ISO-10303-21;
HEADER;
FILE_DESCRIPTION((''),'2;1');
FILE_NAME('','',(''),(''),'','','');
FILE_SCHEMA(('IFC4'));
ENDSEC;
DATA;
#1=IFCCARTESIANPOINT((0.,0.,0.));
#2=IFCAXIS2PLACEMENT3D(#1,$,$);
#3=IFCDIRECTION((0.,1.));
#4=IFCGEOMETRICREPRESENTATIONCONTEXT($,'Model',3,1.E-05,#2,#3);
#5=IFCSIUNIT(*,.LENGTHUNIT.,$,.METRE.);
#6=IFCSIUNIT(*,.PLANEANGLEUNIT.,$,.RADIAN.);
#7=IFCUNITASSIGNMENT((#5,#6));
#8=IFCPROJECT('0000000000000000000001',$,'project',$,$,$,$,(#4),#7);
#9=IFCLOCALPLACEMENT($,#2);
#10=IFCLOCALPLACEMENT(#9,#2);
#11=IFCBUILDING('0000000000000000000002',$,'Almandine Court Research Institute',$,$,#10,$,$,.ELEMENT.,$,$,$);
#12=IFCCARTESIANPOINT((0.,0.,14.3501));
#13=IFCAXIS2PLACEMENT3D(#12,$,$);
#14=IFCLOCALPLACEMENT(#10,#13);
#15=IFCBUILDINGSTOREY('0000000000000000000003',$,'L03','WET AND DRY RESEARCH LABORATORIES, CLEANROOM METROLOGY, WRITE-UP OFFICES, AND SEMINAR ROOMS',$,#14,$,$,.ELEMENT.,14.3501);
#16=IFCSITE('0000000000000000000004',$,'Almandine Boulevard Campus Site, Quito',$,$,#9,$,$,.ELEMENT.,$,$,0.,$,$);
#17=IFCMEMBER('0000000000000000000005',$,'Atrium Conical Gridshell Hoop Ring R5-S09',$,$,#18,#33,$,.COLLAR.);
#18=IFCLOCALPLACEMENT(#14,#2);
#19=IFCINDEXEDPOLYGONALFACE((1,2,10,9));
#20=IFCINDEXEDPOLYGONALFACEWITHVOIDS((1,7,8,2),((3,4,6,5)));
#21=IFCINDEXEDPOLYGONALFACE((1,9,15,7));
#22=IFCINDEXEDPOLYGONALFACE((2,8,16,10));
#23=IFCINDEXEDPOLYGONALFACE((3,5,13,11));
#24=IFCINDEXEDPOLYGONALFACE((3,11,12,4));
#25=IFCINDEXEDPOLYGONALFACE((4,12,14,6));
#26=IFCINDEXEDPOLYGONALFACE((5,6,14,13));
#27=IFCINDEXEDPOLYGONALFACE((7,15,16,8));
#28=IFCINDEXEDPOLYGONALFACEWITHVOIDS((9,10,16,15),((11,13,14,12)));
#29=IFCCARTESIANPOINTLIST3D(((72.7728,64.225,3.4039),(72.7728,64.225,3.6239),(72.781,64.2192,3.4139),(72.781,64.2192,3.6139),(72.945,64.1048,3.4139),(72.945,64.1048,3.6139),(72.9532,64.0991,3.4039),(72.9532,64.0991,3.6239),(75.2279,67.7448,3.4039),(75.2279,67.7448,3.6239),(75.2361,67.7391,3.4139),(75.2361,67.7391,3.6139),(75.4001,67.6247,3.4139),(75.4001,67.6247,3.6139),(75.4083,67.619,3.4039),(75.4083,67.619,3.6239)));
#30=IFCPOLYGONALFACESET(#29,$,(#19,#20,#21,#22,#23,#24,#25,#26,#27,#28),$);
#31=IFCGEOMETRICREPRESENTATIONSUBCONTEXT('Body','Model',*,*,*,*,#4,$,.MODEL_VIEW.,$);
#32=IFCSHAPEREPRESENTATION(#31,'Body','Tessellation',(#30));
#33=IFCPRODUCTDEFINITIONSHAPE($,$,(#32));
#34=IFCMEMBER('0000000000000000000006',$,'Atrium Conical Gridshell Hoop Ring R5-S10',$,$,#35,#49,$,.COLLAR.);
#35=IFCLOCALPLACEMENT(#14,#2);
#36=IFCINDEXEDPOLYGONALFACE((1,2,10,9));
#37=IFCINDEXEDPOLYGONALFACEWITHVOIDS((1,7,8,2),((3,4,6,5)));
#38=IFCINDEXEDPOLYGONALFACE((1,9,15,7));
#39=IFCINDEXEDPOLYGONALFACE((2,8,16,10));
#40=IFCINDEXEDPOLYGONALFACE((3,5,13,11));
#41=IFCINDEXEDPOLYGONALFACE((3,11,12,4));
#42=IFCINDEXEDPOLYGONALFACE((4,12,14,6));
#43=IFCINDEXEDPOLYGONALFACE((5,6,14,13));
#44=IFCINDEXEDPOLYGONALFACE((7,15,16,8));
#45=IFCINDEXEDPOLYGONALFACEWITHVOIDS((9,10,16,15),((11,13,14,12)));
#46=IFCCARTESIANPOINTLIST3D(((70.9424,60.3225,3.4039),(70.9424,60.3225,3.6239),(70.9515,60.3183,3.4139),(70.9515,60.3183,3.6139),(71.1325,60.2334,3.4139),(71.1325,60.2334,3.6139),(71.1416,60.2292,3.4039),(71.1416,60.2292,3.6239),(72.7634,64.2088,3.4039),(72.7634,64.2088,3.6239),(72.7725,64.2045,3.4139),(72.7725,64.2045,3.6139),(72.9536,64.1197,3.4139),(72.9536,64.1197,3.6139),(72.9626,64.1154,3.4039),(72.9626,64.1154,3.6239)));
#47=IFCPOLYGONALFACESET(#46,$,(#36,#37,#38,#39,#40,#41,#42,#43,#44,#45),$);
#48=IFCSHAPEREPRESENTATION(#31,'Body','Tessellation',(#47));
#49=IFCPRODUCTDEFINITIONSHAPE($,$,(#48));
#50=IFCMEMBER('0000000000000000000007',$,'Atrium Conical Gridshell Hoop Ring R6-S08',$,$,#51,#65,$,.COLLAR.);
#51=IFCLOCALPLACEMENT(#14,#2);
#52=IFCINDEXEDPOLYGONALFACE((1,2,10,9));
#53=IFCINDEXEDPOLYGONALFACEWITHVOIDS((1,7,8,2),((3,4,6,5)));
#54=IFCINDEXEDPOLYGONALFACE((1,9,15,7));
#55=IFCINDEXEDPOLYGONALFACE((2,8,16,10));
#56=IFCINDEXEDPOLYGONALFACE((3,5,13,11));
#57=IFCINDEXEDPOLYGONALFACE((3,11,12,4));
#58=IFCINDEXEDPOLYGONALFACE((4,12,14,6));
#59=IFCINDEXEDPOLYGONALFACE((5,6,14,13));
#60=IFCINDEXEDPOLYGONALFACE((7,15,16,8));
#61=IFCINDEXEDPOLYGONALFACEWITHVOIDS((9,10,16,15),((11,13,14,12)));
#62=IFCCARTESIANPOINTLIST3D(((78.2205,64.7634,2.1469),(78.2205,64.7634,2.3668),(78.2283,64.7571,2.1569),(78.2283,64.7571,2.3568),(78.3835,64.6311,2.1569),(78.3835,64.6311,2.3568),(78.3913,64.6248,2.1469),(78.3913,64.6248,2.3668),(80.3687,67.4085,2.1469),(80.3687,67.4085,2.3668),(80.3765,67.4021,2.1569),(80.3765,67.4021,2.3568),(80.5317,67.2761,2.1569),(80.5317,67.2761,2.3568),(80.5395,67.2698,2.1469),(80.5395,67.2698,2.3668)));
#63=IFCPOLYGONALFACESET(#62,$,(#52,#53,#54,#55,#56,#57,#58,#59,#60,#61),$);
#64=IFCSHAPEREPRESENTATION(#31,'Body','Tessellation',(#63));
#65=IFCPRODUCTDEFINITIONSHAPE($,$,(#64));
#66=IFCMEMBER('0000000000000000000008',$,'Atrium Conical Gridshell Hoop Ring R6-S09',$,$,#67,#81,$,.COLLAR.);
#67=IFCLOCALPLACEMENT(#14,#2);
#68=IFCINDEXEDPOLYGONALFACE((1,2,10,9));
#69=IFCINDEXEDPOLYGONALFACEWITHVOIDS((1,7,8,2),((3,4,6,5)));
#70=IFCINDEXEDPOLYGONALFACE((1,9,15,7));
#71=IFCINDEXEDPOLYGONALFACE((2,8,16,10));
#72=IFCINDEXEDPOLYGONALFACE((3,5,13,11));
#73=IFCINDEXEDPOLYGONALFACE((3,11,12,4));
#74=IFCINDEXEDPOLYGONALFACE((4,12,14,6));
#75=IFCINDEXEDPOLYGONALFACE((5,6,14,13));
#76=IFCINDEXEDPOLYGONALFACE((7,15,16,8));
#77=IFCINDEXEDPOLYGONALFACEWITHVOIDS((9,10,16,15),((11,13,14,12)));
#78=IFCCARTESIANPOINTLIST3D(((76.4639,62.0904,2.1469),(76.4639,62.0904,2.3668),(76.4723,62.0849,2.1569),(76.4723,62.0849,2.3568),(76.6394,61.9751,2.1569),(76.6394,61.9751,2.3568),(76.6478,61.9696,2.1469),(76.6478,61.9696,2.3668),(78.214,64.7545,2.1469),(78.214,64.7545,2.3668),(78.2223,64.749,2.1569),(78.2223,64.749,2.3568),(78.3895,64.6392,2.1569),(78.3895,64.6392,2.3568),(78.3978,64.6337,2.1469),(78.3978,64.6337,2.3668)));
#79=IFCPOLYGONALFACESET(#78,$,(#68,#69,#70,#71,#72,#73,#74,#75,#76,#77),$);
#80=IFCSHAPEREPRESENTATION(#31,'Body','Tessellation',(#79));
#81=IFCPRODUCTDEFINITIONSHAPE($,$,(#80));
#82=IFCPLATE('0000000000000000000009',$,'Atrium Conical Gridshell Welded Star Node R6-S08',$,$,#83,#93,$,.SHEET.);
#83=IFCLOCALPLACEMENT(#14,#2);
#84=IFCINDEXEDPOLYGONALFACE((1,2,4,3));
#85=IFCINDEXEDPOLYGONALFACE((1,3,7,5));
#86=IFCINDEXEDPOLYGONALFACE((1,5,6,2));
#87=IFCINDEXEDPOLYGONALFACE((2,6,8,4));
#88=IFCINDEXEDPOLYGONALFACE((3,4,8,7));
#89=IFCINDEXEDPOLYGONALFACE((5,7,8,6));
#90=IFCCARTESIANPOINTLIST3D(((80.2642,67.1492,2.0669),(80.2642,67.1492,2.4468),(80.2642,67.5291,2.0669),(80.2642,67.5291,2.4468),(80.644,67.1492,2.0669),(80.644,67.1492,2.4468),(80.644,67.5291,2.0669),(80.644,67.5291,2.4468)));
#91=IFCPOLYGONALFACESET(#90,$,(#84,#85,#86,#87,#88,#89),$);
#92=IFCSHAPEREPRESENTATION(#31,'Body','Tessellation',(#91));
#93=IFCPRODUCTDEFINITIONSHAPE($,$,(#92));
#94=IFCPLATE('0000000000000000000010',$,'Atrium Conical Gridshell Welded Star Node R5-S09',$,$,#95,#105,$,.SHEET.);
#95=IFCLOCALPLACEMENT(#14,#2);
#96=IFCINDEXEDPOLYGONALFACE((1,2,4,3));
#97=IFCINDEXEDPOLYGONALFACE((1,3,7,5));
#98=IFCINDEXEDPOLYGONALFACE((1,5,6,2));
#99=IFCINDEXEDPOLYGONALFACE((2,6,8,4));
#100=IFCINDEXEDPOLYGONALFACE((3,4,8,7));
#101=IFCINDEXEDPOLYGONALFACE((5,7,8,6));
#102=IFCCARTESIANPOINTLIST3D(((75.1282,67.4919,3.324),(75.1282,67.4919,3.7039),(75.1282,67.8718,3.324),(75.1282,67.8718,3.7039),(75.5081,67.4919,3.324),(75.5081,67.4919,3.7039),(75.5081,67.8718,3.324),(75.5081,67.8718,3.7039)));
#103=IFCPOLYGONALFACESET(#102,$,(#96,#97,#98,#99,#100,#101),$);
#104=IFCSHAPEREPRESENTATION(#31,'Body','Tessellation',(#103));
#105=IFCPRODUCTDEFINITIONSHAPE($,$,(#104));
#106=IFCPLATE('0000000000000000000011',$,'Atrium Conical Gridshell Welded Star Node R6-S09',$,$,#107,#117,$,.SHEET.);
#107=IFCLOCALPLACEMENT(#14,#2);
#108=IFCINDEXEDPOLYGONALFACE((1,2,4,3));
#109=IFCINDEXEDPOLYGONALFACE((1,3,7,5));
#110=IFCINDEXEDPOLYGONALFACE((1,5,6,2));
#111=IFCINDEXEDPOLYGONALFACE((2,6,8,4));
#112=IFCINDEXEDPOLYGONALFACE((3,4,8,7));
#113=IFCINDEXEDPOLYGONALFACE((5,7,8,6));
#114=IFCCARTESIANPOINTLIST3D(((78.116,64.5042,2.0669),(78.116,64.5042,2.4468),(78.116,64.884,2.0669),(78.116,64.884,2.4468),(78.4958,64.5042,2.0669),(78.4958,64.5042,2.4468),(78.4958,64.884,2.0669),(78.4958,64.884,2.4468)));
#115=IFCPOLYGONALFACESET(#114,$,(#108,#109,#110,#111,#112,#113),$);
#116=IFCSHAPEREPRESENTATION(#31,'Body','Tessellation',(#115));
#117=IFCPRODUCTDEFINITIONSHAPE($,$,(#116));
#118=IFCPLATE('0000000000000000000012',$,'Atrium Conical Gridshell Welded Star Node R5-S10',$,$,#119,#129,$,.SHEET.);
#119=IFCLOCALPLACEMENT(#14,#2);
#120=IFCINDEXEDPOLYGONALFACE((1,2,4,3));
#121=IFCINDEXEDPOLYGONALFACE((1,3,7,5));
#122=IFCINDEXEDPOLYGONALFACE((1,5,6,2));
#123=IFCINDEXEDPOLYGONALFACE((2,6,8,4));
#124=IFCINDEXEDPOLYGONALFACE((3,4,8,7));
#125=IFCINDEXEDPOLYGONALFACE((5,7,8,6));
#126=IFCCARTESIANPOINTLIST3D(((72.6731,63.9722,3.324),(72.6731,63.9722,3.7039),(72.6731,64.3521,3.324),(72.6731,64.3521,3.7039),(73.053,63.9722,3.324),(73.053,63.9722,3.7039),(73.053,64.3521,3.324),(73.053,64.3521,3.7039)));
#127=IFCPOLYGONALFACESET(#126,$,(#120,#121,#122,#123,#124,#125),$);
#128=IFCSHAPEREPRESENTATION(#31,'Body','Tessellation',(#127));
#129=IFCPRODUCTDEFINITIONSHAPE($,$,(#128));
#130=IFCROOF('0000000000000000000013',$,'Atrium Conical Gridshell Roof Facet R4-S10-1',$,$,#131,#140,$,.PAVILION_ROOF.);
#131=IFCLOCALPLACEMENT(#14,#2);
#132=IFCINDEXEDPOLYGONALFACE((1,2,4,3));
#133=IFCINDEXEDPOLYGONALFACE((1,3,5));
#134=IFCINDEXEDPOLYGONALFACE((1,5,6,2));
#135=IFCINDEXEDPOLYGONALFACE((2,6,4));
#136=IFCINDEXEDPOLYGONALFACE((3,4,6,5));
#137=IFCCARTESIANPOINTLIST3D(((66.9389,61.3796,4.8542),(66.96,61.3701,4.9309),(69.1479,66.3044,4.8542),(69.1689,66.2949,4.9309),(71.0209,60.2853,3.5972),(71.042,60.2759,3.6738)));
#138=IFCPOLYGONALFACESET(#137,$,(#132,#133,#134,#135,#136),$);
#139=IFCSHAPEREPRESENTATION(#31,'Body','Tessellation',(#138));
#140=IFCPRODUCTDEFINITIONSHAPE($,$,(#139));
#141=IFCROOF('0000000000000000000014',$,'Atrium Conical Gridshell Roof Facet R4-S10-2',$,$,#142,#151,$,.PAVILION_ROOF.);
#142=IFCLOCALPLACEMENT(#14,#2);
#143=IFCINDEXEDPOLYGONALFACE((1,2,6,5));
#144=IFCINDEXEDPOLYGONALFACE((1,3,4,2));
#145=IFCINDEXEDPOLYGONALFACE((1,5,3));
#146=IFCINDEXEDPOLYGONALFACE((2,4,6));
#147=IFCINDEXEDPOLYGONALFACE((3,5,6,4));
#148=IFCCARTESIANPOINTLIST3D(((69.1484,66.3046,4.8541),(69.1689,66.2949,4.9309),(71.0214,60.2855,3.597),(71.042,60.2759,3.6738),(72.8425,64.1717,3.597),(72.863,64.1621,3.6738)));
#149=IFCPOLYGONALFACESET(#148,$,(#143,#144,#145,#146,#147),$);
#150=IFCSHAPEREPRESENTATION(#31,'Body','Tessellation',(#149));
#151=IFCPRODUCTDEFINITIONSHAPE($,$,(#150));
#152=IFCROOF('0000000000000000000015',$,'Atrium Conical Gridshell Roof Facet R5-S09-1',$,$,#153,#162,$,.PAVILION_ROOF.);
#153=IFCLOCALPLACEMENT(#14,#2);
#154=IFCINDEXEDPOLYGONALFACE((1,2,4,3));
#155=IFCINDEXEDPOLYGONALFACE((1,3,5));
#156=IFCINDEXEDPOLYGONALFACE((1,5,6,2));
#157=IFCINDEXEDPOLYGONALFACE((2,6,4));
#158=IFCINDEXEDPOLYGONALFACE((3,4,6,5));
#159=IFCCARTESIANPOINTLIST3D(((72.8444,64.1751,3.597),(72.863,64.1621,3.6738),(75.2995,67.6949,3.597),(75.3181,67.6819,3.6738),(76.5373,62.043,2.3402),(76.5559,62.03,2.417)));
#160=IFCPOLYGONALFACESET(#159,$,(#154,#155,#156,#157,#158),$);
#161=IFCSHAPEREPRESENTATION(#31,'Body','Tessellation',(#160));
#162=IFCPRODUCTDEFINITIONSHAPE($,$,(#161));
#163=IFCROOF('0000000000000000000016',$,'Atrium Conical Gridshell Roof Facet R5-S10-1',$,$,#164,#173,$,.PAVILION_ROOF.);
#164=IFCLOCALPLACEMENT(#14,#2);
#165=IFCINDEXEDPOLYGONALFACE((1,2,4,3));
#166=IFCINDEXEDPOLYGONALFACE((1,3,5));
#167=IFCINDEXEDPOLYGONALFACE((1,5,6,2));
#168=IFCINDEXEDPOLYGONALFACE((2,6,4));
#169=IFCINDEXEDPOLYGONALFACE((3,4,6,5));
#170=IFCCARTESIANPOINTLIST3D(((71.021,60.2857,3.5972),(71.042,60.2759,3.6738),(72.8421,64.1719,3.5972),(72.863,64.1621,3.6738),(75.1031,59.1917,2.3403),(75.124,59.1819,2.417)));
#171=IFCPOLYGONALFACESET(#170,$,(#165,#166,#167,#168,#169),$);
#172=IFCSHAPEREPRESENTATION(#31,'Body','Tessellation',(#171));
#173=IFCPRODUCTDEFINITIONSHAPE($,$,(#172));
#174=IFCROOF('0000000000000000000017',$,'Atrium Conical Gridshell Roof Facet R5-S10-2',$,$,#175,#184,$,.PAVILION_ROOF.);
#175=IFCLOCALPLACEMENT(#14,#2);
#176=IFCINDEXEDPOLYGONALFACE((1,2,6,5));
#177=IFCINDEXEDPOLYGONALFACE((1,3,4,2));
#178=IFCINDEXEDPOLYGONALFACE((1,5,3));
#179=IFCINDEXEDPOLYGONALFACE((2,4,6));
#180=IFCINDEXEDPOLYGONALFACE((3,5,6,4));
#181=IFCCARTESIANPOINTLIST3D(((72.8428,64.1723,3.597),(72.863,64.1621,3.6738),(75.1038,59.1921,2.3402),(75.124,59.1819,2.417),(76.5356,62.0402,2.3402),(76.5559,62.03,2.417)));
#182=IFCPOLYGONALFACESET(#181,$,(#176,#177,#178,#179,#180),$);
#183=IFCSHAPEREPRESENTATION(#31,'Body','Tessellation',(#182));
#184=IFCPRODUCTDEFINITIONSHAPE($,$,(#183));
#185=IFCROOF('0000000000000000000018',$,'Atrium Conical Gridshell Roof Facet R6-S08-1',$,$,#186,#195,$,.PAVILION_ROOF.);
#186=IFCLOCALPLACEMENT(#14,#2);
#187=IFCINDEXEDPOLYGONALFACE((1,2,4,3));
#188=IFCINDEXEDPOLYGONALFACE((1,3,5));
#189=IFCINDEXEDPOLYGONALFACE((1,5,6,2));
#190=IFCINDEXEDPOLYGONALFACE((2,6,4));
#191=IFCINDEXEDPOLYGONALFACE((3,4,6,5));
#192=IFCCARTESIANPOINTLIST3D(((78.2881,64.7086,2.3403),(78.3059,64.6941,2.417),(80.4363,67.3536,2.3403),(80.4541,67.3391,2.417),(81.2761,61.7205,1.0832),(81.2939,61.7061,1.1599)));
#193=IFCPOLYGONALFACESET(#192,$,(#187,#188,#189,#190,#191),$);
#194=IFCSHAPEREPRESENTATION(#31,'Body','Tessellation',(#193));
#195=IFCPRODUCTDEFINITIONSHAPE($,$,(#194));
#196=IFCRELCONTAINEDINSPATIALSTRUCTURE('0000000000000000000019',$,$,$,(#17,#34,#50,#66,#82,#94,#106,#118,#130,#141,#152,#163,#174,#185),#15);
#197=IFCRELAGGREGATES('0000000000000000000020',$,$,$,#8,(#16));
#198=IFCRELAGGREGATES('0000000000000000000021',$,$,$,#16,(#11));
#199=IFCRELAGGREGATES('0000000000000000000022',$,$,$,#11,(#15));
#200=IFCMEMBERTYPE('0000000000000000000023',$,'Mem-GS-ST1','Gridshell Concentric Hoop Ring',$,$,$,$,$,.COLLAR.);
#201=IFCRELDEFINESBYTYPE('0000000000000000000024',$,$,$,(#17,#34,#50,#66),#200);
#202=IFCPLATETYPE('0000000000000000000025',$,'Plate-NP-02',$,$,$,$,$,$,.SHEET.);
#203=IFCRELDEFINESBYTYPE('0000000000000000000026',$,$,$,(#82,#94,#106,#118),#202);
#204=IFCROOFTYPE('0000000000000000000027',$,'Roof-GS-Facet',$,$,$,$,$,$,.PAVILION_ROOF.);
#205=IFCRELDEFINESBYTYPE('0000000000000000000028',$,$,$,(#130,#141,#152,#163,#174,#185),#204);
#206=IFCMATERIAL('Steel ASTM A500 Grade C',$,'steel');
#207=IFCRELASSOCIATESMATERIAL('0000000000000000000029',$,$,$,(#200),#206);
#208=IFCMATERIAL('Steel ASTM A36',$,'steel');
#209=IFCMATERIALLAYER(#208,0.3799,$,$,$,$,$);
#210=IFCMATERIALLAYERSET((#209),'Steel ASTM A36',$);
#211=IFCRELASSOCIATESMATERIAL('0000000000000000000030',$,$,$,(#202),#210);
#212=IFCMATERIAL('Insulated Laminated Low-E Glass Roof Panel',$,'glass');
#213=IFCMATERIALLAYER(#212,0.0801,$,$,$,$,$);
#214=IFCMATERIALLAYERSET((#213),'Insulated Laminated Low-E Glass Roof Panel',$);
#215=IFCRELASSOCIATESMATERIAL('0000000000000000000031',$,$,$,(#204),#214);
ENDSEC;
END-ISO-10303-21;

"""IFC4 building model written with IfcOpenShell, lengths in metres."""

from ifc_helpers import new_model, si_unit, direction, frame, origin, origin_2d, place, context, subcontext, project, spatial, polyline, rectangle, hollow_rectangle, outline, extrude, material, layer, layer_set, material_profile, profile_set, type_object, element, save


model = new_model("IFC4")

# Units and contexts
model_context = context("Model", 3, precision=1e-05, world=origin(), true_north=direction((0.0, 1.0)))
body_context = subcontext(model_context, "Body", "Model", "MODEL_VIEW")
ifc_project = project(units=[si_unit("LENGTHUNIT", "METRE"), si_unit("PLANEANGLEUNIT", "RADIAN")], contexts=[model_context])

# Site, building, storey
site_placement = place(None, origin())
site = spatial("IfcSite", under=ifc_project, at=site_placement, Name="Almandine Boulevard Campus Site, Quito", CompositionType="ELEMENT", RefElevation=0.0)
building_placement = place(site_placement, origin())
building = spatial("IfcBuilding", under=site, at=building_placement, Name="Almandine Court Research Institute", CompositionType="ELEMENT")
storey_placement = place(building_placement, frame((0.0, 0.0, 14.3501)))
storey = spatial("IfcBuildingStorey", under=building, at=storey_placement, Name="L03", Description="WET AND DRY RESEARCH LABORATORIES, CLEANROOM METROLOGY, WRITE-UP OFFICES, AND SEMINAR ROOMS", CompositionType="ELEMENT", Elevation=14.3501)

# Members
ifc_material_1 = material(Name="Steel ASTM A500 Grade C", Category="steel")
ifc_material_profile_1 = material_profile(ifc_material_1, hollow_rectangle(XDim=0.22, YDim=0.22, WallThickness=0.01, at=origin_2d()), Name="HSS 220x220x10")
ifc_profile_set_1 = profile_set([ifc_material_profile_1], Name="Steel ASTM A500 Grade C")
member_type_1 = type_object("IfcMemberType", Name="Mem-GS-ST1", Description="Gridshell Concentric Hoop Ring", PredefinedType="COLLAR", material=ifc_profile_set_1)
member_1_placement = place(storey_placement, frame((75.3181, 67.6819, 3.5139), z_axis=(-0.572091, -0.82019, 0.0), x_axis=(0.82019, -0.572091, 0.0)))
element("IfcMember", 1, at=member_1_placement, inside=storey, type_object=member_type_1, Name="Atrium Conical Gridshell Hoop Ring R5-S09", PredefinedType="COLLAR", context=body_context, shape_type="SweptSolid", body=[
    extrude(hollow_rectangle(XDim=0.22, YDim=0.22, WallThickness=0.01, at=origin_2d()), origin(), (0.0, 0.0, 1.0), 4.2915),
])
member_2_placement = place(storey_placement, frame((72.863, 64.1621, 3.5139), z_axis=(-0.424314, -0.905515, 0.0), x_axis=(0.905515, -0.424314, 0.0)))
element("IfcMember", 2, at=member_2_placement, inside=storey, type_object=member_type_1, Name="Atrium Conical Gridshell Hoop Ring R5-S10", PredefinedType="COLLAR", context=body_context, shape_type="SweptSolid", body=[
    extrude(hollow_rectangle(XDim=0.22, YDim=0.22, WallThickness=0.01, at=origin_2d()), origin(), (0.0, 0.0, 1.0), 4.2917),
])
member_3_placement = place(storey_placement, frame((80.4541, 67.3391, 2.2568), z_axis=(-0.630436, -0.776241, 0.0), x_axis=(0.776241, -0.630436, 0.0)))
element("IfcMember", 3, at=member_3_placement, inside=storey, type_object=member_type_1, Name="Atrium Conical Gridshell Hoop Ring R6-S08", PredefinedType="COLLAR", context=body_context, shape_type="SweptSolid", body=[
    extrude(hollow_rectangle(XDim=0.22, YDim=0.22, WallThickness=0.01, at=origin_2d()), origin(), (0.0, 0.0, 1.0), 3.4075),
])
member_4_placement = place(storey_placement, frame((78.3059, 64.6941, 2.2568), z_axis=(-0.549031, -0.835802, 0.0), x_axis=(0.835802, -0.549031, 0.0)))
element("IfcMember", 4, at=member_4_placement, inside=storey, type_object=member_type_1, Name="Atrium Conical Gridshell Hoop Ring R6-S09", PredefinedType="COLLAR", context=body_context, shape_type="SweptSolid", body=[
    extrude(hollow_rectangle(XDim=0.22, YDim=0.22, WallThickness=0.01, at=origin_2d()), origin(), (0.0, 0.0, 1.0), 3.1875),
])

# Plates
ifc_material_2 = material(Name="Steel ASTM A36", Category="steel")
ifc_layer_1 = layer(ifc_material_2, 0.3799)
ifc_layer_set_1 = layer_set([ifc_layer_1], Name="Steel ASTM A36")
plate_type = type_object("IfcPlateType", Name="Plate-NP-02", PredefinedType="SHEET", material=ifc_layer_set_1)
for number, where, z_axis, x_axis, name in (
    (5, (80.4541, 67.3391, 2.0669), (0.0, 0.0, 1.0), (1.0, 0.0, 0.0), "Atrium Conical Gridshell Welded Star Node R6-S08"),
    (6, (75.3181, 67.6819, 3.324), (0.0, 0.0, 1.0), (1.0, 0.0, 0.0), "Atrium Conical Gridshell Welded Star Node R5-S09"),
    (7, (78.3059, 64.6941, 2.0669), (0.0, 0.0, 1.0), (1.0, 0.0, 0.0), "Atrium Conical Gridshell Welded Star Node R6-S09"),
    (8, (72.863, 64.1621, 3.324), (0.0, 0.0, 1.0), (1.0, 0.0, 0.0), "Atrium Conical Gridshell Welded Star Node R5-S10"),
):
    element("IfcPlate", number, at=place(storey_placement, frame(where, z_axis=z_axis, x_axis=x_axis)), inside=storey, type_object=plate_type, Name=name, PredefinedType="SHEET", context=body_context, shape_type="SweptSolid", body=[
        extrude(rectangle(XDim=0.3799, YDim=0.3799, at=origin_2d()), origin(), (0.0, 0.0, 1.0), 0.3799),
    ])

# Roofs
ifc_material_3 = material(Name="Insulated Laminated Low-E Glass Roof Panel", Category="glass")
ifc_layer_2 = layer(ifc_material_3, 0.0801)
ifc_layer_set_2 = layer_set([ifc_layer_2], Name="Insulated Laminated Low-E Glass Roof Panel")
roof_type = type_object("IfcRoofType", Name="Roof-GS-Facet", PredefinedType="PAVILION_ROOF", material=ifc_layer_set_2)
roof_1_placement = place(storey_placement, frame((69.1689, 66.2949, 4.9309), z_axis=(0.263214, -0.118063, 0.957486), x_axis=(-0.409258, -0.912418, 0.0)))
element("IfcRoof", 9, at=roof_1_placement, inside=storey, type_object=roof_type, Name="Atrium Conical Gridshell Roof Facet R4-S10-1", PredefinedType="PAVILION_ROOF", context=body_context, shape_type="SweptSolid", body=[
    extrude(outline(polyline([(0.0, 0.0), (5.3975, 0.0), (4.7253, 4.3576), (0.0, 0.0)])), origin(), (0.0, 0.0, -1.0), 0.0801),
])
roof_2_placement = place(storey_placement, frame((69.1689, 66.2949, 4.9309), z_axis=(0.256835, -0.12035, 0.958933), x_axis=(0.291395, -0.936399, -0.195567)))
element("IfcRoof", 10, at=roof_2_placement, inside=storey, type_object=roof_type, Name="Atrium Conical Gridshell Roof Facet R4-S10-2", PredefinedType="PAVILION_ROOF", context=body_context, shape_type="SweptSolid", body=[
    extrude(outline(polyline([(0.0, 0.0), (6.4279, 0.0), (3.3194, 2.9592), (0.0, 0.0)])), origin(), (0.0, 0.0, -1.0), 0.0801),
])
roof_3_placement = place(storey_placement, frame((75.3181, 67.6819, 3.6738), z_axis=(0.232665, -0.162286, 0.958922), x_axis=(-0.572091, -0.82019, 0.0)))
element("IfcRoof", 11, at=roof_3_placement, inside=storey, type_object=roof_type, Name="Atrium Conical Gridshell Roof Facet R5-S09-1", PredefinedType="PAVILION_ROOF", context=body_context, shape_type="SweptSolid", body=[
    extrude(outline(polyline([(0.0, 0.0), (4.2914, 0.0), (3.9275, 4.4306), (0.0, 0.0)])), origin(), (0.0, 0.0, -1.0), 0.0801),
])
roof_4_placement = place(storey_placement, frame((72.863, 64.1621, 3.6738), z_axis=(0.261855, -0.122703, 0.957275), x_axis=(-0.424314, -0.905515, 0.0)))
element("IfcRoof", 12, at=roof_4_placement, inside=storey, type_object=roof_type, Name="Atrium Conical Gridshell Roof Facet R5-S10-1", PredefinedType="PAVILION_ROOF", context=body_context, shape_type="SweptSolid", body=[
    extrude(outline(polyline([(0.0, 0.0), (4.2917, 0.0), (3.5503, 4.3462), (0.0, 0.0)])), origin(), (0.0, 0.0, -1.0), 0.0801),
])
roof_5_placement = place(storey_placement, frame((72.863, 64.1621, 3.6738), z_axis=(0.252982, -0.127185, 0.959075), x_axis=(0.402886, -0.887427, -0.223956)))
element("IfcRoof", 13, at=roof_5_placement, inside=storey, type_object=roof_type, Name="Atrium Conical Gridshell Roof Facet R5-S10-2", PredefinedType="PAVILION_ROOF", context=body_context, shape_type="SweptSolid", body=[
    extrude(outline(polyline([(0.0, 0.0), (5.612, 0.0), (3.6613, 2.5214), (0.0, 0.0)])), origin(), (0.0, 0.0, -1.0), 0.0801),
])
roof_6_placement = place(storey_placement, frame((80.4541, 67.3391, 2.417), z_axis=(0.222421, -0.180643, 0.958069), x_axis=(-0.630436, -0.776241, 0.0)))
element("IfcRoof", 14, at=roof_6_placement, inside=storey, type_object=roof_type, Name="Atrium Conical Gridshell Roof Facet R6-S08-1", PredefinedType="PAVILION_ROOF", context=body_context, shape_type="SweptSolid", body=[
    extrude(outline(polyline([(0.0, 0.0), (3.4075, 0.0), (3.8431, 4.3872), (0.0, 0.0)])), origin(), (0.0, 0.0, -1.0), 0.0801),
])

save(model, "model.ifc")
